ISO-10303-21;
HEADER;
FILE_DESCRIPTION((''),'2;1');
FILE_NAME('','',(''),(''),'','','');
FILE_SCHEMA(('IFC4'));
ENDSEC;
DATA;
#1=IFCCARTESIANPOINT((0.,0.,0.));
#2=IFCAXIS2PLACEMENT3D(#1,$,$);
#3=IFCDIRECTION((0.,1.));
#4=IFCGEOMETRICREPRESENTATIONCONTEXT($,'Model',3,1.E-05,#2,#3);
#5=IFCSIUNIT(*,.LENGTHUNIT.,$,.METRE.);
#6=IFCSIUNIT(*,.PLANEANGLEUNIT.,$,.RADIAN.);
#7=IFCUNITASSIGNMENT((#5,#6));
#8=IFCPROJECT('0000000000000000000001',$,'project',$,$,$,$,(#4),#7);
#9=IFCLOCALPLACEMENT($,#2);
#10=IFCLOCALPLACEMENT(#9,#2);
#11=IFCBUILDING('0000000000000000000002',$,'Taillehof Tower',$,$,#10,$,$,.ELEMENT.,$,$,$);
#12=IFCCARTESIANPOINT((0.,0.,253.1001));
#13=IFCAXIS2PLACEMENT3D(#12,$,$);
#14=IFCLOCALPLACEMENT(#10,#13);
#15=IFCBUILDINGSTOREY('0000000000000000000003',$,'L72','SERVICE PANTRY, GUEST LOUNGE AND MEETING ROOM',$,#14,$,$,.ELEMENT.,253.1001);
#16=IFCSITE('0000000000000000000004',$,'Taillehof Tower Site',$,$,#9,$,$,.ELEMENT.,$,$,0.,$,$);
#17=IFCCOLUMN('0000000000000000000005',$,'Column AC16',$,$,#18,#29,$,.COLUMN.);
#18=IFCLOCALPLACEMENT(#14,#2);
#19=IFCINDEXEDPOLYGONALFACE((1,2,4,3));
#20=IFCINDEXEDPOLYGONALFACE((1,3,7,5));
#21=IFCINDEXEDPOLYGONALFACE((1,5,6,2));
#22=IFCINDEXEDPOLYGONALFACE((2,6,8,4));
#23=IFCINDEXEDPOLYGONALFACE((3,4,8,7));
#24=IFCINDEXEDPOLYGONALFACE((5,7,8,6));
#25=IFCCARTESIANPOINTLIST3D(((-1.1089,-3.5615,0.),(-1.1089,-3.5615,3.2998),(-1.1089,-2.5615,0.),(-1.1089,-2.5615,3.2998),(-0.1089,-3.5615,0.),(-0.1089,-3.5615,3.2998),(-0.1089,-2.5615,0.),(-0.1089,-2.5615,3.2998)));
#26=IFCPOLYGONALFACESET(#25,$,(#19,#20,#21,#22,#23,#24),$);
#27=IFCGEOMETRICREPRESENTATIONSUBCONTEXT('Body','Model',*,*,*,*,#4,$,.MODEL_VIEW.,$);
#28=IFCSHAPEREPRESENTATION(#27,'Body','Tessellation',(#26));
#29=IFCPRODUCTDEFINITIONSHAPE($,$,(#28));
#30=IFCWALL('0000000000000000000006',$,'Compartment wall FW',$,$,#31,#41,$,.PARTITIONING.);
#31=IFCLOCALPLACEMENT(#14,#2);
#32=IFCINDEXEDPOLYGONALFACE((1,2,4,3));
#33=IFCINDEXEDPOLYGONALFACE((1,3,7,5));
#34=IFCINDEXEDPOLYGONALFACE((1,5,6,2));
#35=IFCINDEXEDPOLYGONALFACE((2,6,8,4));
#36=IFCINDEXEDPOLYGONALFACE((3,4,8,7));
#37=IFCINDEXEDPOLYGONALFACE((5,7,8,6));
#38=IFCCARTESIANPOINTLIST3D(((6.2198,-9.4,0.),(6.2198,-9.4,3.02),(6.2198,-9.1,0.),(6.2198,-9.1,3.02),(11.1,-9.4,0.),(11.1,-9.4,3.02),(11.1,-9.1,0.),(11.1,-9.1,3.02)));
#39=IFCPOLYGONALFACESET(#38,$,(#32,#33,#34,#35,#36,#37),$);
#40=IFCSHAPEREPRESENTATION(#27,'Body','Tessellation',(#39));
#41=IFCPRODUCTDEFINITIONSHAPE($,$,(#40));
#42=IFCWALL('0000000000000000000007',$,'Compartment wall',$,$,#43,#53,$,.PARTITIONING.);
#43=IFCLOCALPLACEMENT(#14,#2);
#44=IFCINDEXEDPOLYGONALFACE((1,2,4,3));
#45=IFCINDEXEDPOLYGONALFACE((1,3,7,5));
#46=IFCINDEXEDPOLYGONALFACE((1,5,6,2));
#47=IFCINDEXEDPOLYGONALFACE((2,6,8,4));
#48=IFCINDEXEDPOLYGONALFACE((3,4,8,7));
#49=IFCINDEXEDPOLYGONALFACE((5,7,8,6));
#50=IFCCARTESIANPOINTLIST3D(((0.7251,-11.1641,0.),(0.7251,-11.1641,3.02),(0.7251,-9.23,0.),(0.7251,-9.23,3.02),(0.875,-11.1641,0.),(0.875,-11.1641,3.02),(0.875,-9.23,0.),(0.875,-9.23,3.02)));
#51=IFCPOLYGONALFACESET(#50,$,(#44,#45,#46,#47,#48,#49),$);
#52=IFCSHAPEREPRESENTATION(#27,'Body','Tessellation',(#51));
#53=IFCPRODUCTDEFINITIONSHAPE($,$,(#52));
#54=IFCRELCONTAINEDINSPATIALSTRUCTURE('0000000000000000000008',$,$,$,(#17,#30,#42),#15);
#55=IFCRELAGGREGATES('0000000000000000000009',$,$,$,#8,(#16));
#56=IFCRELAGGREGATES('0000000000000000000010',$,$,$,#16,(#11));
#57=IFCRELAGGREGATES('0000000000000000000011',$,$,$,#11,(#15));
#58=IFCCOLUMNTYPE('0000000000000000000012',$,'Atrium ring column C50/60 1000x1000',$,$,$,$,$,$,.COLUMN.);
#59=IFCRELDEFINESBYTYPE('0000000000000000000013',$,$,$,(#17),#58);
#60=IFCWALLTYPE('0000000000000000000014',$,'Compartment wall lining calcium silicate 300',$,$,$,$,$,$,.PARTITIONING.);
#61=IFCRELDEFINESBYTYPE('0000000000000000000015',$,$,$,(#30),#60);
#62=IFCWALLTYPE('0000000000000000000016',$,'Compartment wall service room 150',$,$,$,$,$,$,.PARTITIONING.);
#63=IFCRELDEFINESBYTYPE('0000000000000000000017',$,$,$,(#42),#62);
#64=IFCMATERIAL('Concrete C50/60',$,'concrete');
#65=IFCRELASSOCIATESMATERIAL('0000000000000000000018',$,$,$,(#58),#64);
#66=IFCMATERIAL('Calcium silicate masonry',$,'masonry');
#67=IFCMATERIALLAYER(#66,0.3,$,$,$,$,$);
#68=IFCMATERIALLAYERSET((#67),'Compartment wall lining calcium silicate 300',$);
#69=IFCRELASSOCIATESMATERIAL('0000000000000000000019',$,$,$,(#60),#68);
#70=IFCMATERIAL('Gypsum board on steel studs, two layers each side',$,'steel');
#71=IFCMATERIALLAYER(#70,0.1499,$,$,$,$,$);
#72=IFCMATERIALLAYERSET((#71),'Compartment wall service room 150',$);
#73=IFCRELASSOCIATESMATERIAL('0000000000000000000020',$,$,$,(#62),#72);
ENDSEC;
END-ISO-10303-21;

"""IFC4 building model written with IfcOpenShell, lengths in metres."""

from ifc_helpers import new_model, si_unit, direction, frame, frame_2d, origin, origin_2d, place, context, subcontext, project, spatial, rectangle, extrude, material, layer, layer_set, material_profile, profile_set, type_object, element, save


model = new_model("IFC4")

# Units and contexts
model_context = context("Model", 3, precision=1e-05, world=origin(), true_north=direction((0.0, 1.0)))
body_context = subcontext(model_context, "Body", "Model", "MODEL_VIEW")
ifc_project = project(units=[si_unit("LENGTHUNIT", "METRE"), si_unit("PLANEANGLEUNIT", "RADIAN")], contexts=[model_context])

# Site, building, storey
site_placement = place(None, origin())
site = spatial("IfcSite", under=ifc_project, at=site_placement, Name="Taillehof Tower Site", CompositionType="ELEMENT", RefElevation=0.0)
building_placement = place(site_placement, origin())
building = spatial("IfcBuilding", under=site, at=building_placement, Name="Taillehof Tower", CompositionType="ELEMENT")
storey_placement = place(building_placement, frame((0.0, 0.0, 253.1001)))
storey = spatial("IfcBuildingStorey", under=building, at=storey_placement, Name="L72", Description="SERVICE PANTRY, GUEST LOUNGE AND MEETING ROOM", CompositionType="ELEMENT", Elevation=253.1001)

# Column
ifc_material_1 = material(Name="Concrete C50/60", Category="concrete")
ifc_material_profile = material_profile(ifc_material_1, rectangle(XDim=1.0, YDim=1.0, at=origin_2d()), Name="RC 1000x1000")
ifc_profile_set = profile_set([ifc_material_profile], Name="Concrete C50/60")
column_type = type_object("IfcColumnType", Name="Atrium ring column C50/60 1000x1000", PredefinedType="COLUMN", material=ifc_profile_set)
column_placement = place(storey_placement, frame((-0.6089, -3.0615, 0.0), z_axis=(0.0, 0.0, 1.0), x_axis=(1.0, 0.0, 0.0)))
element("IfcColumn", 1, at=column_placement, inside=storey, type_object=column_type, Name="Column AC16", PredefinedType="COLUMN", context=body_context, shape_type="SweptSolid", body=[
    extrude(rectangle(XDim=1.0, YDim=1.0, at=origin_2d()), origin(), (0.0, 0.0, 1.0), 3.2998),
])

# Walls
ifc_material_2 = material(Name="Calcium silicate masonry", Category="masonry")
ifc_layer_1 = layer(ifc_material_2, 0.3)
ifc_layer_set_1 = layer_set([ifc_layer_1], Name="Compartment wall lining calcium silicate 300")
wall_type_1 = type_object("IfcWallType", Name="Compartment wall lining calcium silicate 300", PredefinedType="PARTITIONING", material=ifc_layer_set_1)
wall_1_placement = place(storey_placement, frame((6.22, -9.25, 0.0), z_axis=(0.0, 0.0, 1.0), x_axis=(1.0, 0.0, 0.0)))
element("IfcWall", 2, at=wall_1_placement, inside=storey, type_object=wall_type_1, Name="Compartment wall FW", PredefinedType="PARTITIONING", context=body_context, shape_type="SweptSolid", body=[
    extrude(rectangle(XDim=4.8801, YDim=0.3, at=frame_2d((2.4399, 0.0))), origin(), (0.0, 0.0, 1.0), 3.02),
])
ifc_material_3 = material(Name="Gypsum board on steel studs, two layers each side", Category="steel")
ifc_layer_2 = layer(ifc_material_3, 0.1499)
ifc_layer_set_2 = layer_set([ifc_layer_2], Name="Compartment wall service room 150")
wall_type_2 = type_object("IfcWallType", Name="Compartment wall service room 150", PredefinedType="PARTITIONING", material=ifc_layer_set_2)
wall_2_placement = place(storey_placement, frame((0.8, -9.23, 0.0), z_axis=(0.0, 0.0, 1.0), x_axis=(0.0, -1.0, 0.0)))
element("IfcWall", 3, at=wall_2_placement, inside=storey, type_object=wall_type_2, Name="Compartment wall", PredefinedType="PARTITIONING", context=body_context, shape_type="SweptSolid", body=[
    extrude(rectangle(XDim=1.9341, YDim=0.1499, at=frame_2d((0.967, 0.0))), origin(), (0.0, 0.0, 1.0), 3.02),
])

save(model, "model.ifc")
